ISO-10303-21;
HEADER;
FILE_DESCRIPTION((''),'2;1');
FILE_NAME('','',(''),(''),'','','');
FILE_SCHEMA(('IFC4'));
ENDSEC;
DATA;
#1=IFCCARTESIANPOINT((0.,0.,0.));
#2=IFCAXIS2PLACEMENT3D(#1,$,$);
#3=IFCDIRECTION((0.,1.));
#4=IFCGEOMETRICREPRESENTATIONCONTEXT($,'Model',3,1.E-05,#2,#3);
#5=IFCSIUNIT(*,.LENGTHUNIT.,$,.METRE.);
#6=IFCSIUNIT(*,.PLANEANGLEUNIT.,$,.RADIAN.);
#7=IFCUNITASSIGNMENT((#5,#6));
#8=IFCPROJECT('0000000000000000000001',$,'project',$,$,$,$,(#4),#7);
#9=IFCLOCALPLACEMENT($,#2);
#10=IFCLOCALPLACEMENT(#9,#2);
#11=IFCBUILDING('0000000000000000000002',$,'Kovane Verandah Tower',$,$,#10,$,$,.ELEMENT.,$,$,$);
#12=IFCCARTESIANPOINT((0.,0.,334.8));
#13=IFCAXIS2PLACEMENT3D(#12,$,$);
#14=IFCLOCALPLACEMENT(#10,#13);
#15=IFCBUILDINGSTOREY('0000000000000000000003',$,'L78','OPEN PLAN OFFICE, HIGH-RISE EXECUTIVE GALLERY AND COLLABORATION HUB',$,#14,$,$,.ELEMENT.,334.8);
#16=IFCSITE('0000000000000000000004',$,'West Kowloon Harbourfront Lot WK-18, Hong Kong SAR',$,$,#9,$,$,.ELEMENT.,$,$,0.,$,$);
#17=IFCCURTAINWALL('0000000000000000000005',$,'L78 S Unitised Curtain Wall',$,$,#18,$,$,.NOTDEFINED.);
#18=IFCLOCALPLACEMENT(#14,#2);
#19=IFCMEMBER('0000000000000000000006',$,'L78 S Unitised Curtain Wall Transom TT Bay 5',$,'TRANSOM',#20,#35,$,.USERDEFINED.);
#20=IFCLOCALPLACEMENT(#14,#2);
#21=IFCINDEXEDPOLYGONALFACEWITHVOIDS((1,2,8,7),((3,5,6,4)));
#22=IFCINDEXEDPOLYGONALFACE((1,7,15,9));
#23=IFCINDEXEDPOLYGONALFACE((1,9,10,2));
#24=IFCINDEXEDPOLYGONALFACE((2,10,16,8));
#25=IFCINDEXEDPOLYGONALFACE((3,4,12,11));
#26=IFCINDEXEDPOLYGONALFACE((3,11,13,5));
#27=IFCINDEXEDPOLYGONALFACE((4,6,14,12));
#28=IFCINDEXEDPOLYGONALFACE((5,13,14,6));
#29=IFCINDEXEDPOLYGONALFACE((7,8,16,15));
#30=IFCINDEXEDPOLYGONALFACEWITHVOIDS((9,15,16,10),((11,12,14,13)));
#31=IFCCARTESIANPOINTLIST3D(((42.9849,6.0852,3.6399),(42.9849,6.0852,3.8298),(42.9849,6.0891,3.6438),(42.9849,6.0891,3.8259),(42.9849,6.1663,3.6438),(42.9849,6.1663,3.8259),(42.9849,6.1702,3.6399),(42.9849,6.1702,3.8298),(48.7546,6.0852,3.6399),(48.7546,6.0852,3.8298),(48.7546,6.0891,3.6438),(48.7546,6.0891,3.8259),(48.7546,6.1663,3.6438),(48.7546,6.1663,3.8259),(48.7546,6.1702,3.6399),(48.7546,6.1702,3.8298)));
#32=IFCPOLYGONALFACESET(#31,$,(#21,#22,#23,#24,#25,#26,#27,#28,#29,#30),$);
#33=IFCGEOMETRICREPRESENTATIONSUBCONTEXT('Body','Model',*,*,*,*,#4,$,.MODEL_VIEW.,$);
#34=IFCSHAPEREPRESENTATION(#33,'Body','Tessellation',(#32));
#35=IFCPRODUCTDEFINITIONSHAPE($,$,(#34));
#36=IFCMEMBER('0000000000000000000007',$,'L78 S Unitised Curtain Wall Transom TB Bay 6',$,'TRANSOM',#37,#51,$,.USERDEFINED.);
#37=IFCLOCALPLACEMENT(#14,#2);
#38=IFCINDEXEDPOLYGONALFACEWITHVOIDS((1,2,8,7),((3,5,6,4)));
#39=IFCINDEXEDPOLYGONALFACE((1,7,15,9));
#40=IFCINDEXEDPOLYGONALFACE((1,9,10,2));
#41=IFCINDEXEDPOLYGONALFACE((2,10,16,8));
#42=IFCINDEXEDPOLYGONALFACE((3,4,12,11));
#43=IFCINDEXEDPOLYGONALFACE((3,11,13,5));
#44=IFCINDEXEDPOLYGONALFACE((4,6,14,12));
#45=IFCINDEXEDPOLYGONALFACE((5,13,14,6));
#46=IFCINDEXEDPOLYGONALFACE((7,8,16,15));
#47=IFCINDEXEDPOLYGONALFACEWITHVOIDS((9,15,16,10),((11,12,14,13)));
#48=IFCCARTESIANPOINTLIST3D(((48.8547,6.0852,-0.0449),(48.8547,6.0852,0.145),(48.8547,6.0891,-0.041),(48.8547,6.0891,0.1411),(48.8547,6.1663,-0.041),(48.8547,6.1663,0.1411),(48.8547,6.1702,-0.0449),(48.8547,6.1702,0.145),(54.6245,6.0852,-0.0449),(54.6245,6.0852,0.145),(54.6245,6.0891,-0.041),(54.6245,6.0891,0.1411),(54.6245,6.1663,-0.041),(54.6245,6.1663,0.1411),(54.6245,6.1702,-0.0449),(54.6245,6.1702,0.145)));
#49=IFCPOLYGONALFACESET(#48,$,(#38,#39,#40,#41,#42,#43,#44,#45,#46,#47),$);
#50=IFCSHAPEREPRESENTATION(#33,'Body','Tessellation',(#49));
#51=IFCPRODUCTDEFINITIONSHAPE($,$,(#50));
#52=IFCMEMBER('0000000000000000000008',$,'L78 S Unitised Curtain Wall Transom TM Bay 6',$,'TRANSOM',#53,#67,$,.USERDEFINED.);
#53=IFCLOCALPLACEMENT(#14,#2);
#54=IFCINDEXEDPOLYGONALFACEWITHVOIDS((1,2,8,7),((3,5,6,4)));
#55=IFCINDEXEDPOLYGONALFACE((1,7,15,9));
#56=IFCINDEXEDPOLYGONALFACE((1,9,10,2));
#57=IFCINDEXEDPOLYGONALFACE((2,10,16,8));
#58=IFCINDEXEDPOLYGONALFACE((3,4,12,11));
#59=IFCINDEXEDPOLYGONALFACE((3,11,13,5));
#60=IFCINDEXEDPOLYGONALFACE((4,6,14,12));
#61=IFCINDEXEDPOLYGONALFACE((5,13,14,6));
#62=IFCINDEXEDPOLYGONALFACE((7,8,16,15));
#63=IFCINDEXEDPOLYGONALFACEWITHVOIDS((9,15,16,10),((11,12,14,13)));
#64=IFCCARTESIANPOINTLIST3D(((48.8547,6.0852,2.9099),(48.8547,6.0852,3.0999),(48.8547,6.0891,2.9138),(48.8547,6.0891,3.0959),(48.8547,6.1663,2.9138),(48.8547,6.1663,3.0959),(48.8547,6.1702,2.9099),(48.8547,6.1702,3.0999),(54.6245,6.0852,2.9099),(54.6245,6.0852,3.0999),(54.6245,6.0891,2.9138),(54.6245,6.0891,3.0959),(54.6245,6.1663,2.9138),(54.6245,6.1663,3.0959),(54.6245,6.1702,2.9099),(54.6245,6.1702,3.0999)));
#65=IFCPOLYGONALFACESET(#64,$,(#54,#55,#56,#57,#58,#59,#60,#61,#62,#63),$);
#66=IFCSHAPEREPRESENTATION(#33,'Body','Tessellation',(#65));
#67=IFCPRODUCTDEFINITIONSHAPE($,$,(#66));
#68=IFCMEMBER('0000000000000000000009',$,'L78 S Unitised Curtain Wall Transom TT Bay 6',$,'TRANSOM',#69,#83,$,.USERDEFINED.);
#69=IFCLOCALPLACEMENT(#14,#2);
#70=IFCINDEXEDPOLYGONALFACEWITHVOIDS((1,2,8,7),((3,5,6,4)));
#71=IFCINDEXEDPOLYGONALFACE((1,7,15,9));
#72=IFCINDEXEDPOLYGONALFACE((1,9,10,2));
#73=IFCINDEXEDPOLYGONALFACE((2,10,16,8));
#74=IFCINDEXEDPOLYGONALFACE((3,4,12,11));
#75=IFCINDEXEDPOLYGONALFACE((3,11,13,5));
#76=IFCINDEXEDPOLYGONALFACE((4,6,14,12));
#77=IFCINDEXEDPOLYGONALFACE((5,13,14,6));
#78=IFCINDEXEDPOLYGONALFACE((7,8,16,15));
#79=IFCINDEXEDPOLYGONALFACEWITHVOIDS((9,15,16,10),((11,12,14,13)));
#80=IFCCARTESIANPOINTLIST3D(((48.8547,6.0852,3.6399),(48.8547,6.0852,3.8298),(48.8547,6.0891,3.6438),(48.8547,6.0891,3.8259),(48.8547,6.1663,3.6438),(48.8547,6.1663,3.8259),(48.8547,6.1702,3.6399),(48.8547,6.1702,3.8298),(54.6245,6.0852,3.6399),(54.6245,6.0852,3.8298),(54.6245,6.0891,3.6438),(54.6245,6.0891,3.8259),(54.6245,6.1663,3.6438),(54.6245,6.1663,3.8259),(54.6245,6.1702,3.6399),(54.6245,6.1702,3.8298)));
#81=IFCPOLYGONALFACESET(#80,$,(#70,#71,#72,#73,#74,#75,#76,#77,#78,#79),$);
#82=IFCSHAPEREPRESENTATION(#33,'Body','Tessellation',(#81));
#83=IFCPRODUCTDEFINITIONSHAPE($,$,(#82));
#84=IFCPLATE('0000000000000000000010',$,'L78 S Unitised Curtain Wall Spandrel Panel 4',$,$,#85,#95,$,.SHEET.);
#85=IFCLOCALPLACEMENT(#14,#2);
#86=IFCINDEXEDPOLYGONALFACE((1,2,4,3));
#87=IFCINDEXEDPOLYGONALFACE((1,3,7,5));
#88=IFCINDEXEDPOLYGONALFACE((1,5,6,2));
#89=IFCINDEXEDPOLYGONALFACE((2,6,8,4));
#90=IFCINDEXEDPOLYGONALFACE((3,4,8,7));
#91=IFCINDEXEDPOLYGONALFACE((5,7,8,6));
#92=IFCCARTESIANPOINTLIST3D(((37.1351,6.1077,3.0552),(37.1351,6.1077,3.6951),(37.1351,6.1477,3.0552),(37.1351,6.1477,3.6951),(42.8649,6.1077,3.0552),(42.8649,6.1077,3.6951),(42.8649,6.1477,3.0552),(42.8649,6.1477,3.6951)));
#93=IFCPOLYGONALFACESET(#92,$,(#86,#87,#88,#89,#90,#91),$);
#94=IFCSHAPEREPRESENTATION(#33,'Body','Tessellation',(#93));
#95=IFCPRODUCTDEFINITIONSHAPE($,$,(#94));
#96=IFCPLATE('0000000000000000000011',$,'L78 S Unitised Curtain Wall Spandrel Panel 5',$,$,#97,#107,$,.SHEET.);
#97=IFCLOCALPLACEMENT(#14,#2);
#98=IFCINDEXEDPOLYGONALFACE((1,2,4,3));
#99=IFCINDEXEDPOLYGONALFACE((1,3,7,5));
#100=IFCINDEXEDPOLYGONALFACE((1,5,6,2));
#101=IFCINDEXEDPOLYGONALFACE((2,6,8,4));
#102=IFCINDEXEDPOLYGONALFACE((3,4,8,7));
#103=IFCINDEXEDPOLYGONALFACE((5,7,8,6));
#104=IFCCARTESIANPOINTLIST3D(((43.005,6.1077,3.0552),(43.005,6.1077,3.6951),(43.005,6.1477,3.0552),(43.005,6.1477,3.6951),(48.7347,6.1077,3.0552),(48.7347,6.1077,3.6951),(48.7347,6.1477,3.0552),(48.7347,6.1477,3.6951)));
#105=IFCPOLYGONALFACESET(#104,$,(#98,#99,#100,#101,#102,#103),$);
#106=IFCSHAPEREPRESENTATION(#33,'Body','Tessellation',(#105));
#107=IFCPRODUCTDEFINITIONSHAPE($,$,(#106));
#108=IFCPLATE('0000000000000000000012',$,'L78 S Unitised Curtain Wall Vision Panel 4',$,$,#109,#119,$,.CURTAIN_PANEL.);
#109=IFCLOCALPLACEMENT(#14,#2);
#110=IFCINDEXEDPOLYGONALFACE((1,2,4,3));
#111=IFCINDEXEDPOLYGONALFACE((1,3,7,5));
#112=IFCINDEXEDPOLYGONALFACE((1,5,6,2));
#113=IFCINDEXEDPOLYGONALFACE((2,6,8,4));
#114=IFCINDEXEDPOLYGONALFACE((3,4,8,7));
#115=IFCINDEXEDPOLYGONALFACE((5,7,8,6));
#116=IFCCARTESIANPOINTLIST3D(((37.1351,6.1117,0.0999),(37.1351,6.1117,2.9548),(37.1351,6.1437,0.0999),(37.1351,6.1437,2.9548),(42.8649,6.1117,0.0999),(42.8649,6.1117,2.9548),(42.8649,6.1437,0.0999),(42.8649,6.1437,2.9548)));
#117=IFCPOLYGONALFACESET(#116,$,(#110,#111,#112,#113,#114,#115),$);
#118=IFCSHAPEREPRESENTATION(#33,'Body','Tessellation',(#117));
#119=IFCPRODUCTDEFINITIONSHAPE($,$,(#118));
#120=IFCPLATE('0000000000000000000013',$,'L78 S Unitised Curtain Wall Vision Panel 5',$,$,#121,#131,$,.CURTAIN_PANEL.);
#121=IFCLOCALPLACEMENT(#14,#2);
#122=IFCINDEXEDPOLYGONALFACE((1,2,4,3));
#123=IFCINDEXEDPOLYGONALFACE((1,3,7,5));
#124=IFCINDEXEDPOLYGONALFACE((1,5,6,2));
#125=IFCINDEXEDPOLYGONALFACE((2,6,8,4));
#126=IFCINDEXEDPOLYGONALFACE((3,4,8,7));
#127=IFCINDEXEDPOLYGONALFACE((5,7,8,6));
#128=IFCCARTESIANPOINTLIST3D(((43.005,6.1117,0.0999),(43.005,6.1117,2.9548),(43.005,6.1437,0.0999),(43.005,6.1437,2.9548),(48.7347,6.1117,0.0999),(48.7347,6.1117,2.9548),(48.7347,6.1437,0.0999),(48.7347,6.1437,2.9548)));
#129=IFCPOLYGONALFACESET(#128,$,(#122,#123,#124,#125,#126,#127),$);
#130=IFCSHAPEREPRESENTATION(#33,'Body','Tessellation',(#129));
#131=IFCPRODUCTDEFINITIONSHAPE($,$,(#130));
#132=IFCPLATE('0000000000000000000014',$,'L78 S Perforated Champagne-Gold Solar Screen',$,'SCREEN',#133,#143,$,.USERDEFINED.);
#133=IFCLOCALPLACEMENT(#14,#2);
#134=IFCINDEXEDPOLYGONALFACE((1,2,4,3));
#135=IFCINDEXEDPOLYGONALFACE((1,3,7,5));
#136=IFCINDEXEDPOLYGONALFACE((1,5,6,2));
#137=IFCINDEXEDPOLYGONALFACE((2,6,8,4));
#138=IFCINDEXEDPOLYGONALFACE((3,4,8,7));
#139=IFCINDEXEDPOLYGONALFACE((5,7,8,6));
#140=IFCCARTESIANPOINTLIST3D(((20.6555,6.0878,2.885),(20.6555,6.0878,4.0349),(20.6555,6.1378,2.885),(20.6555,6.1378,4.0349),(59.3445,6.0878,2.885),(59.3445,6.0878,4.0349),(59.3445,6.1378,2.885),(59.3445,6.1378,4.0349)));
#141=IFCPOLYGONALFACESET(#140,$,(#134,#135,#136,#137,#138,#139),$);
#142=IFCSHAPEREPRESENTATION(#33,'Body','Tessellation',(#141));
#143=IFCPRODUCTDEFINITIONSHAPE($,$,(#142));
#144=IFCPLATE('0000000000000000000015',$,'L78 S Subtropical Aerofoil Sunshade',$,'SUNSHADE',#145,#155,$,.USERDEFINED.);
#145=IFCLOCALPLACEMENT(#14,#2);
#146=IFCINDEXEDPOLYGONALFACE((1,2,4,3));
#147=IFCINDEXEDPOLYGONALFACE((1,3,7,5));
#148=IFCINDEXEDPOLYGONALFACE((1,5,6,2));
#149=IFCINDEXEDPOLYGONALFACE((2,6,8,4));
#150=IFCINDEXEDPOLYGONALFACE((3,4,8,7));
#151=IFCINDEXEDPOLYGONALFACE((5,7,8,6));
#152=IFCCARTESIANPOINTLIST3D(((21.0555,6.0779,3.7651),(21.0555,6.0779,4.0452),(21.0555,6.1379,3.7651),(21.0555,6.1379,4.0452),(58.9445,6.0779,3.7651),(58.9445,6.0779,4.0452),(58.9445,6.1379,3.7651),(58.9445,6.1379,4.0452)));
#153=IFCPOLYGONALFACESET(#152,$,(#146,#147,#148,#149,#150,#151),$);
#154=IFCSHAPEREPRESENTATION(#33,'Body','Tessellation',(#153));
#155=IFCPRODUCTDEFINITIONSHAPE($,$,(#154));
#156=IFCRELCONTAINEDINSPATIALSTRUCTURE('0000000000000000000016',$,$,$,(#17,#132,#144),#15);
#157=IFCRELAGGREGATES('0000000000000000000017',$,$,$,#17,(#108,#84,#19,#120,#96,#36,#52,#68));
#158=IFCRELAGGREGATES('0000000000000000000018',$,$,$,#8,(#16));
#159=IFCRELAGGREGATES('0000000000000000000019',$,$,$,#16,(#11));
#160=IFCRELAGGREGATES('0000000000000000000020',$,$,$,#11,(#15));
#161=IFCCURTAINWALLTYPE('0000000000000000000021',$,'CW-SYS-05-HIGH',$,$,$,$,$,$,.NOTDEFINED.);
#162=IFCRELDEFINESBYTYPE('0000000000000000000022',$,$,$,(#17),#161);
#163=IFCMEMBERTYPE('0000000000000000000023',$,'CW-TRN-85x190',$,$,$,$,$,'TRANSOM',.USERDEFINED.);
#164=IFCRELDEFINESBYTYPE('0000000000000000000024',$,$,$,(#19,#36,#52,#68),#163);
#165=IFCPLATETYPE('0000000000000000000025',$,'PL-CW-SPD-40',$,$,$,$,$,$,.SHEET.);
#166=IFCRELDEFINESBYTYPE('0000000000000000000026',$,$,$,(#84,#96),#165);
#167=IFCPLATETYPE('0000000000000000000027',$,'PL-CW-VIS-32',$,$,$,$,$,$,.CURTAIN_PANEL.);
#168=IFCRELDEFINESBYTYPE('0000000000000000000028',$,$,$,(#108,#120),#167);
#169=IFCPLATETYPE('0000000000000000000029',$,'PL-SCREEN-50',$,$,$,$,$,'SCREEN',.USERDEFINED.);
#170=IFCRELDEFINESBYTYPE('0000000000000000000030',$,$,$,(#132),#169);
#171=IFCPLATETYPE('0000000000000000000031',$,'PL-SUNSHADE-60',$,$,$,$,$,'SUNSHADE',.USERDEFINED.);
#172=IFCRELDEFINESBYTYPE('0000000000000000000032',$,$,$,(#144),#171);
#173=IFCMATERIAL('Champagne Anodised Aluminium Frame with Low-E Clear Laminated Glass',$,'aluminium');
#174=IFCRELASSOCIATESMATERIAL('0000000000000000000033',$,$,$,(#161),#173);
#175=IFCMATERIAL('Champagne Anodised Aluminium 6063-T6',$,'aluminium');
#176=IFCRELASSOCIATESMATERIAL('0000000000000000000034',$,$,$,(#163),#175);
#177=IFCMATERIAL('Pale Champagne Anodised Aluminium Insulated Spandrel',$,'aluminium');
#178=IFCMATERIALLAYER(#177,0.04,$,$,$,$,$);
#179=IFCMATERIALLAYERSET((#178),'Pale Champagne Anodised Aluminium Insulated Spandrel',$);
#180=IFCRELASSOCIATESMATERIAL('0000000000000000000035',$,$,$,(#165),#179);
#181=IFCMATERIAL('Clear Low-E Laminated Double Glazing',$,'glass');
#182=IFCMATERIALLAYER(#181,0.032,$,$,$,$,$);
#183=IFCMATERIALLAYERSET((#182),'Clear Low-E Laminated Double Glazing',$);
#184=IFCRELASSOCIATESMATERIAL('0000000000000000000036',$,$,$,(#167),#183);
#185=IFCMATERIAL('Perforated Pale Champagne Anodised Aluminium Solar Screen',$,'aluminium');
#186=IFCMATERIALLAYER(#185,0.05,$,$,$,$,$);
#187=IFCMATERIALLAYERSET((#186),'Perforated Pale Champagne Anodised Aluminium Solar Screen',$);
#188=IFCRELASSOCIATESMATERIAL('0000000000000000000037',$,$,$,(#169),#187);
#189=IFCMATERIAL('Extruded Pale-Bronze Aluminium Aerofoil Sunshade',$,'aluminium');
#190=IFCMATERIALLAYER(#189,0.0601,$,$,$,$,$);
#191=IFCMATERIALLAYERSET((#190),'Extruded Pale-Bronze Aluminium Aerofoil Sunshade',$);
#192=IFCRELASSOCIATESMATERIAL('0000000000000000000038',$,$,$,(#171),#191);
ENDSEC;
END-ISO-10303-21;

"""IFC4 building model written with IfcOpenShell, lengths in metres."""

from ifc_helpers import new_model, si_unit, direction, frame, origin, origin_2d, place, context, subcontext, project, spatial, rectangle, hollow_rectangle, extrude, material, layer, layer_set, material_profile, profile_set, type_object, element, aggregate, save


model = new_model("IFC4")

# Units and contexts
model_context = context("Model", 3, precision=1e-05, world=origin(), true_north=direction((0.0, 1.0)))
body_context = subcontext(model_context, "Body", "Model", "MODEL_VIEW")
ifc_project = project(units=[si_unit("LENGTHUNIT", "METRE"), si_unit("PLANEANGLEUNIT", "RADIAN")], contexts=[model_context])

# Site, building, storey
site_placement = place(None, origin())
site = spatial("IfcSite", under=ifc_project, at=site_placement, Name="West Kowloon Harbourfront Lot WK-18, Hong Kong SAR", CompositionType="ELEMENT", RefElevation=0.0)
building_placement = place(site_placement, origin())
building = spatial("IfcBuilding", under=site, at=building_placement, Name="Kovane Verandah Tower", CompositionType="ELEMENT")
storey_placement = place(building_placement, frame((0.0, 0.0, 334.8)))
storey = spatial("IfcBuildingStorey", under=building, at=storey_placement, Name="L78", Description="OPEN PLAN OFFICE, HIGH-RISE EXECUTIVE GALLERY AND COLLABORATION HUB", CompositionType="ELEMENT", Elevation=334.8)

# Curtain wall, members, plates
ifc_material_1 = material(Name="Champagne Anodised Aluminium Frame with Low-E Clear Laminated Glass", Category="aluminium")
curtain_wall_type = type_object("IfcCurtainWallType", Name="CW-SYS-05-HIGH", PredefinedType="NOTDEFINED", material=ifc_material_1)
curtain_wall_placement = place(storey_placement, origin())
curtain_wall = element("IfcCurtainWall", 1, at=curtain_wall_placement, inside=storey, type_object=curtain_wall_type, Name="L78 S Unitised Curtain Wall", PredefinedType="NOTDEFINED")
ifc_material_2 = material(Name="Champagne Anodised Aluminium 6063-T6", Category="aluminium")
ifc_material_profile_1 = material_profile(ifc_material_2, hollow_rectangle(XDim=0.085, YDim=0.1899, WallThickness=0.0039, at=origin_2d()), Name="AL85x190x4")
ifc_profile_set_1 = profile_set([ifc_material_profile_1], Name="Champagne Anodised Aluminium 6063-T6")
member_type_1 = type_object("IfcMemberType", Name="CW-TRN-85x190", ElementType="TRANSOM", PredefinedType="USERDEFINED", material=ifc_profile_set_1)
member_1_placement = place(storey_placement, frame((42.9849, 6.1277, 3.7349), z_axis=(1.0, 0.0, 0.0), x_axis=(0.0, 1.0, 0.0)))
member_1 = element("IfcMember", 2, at=member_1_placement, type_object=member_type_1, Name="L78 S Unitised Curtain Wall Transom TT Bay 5", ObjectType="TRANSOM", PredefinedType="USERDEFINED", context=body_context, shape_type="SweptSolid", body=[
    extrude(hollow_rectangle(XDim=0.085, YDim=0.1899, WallThickness=0.0039, at=origin_2d()), origin(), (0.0, 0.0, 1.0), 5.7698),
])
member_2_placement = place(storey_placement, frame((48.8547, 6.1277, 0.05), z_axis=(1.0, 0.0, 0.0), x_axis=(0.0, 1.0, 0.0)))
member_2 = element("IfcMember", 3, at=member_2_placement, type_object=member_type_1, Name="L78 S Unitised Curtain Wall Transom TB Bay 6", ObjectType="TRANSOM", PredefinedType="USERDEFINED", context=body_context, shape_type="SweptSolid", body=[
    extrude(hollow_rectangle(XDim=0.085, YDim=0.1899, WallThickness=0.0039, at=origin_2d()), origin(), (0.0, 0.0, 1.0), 5.7698),
])
member_3_placement = place(storey_placement, frame((48.8547, 6.1277, 3.0049), z_axis=(1.0, 0.0, 0.0), x_axis=(0.0, 1.0, 0.0)))
member_3 = element("IfcMember", 4, at=member_3_placement, type_object=member_type_1, Name="L78 S Unitised Curtain Wall Transom TM Bay 6", ObjectType="TRANSOM", PredefinedType="USERDEFINED", context=body_context, shape_type="SweptSolid", body=[
    extrude(hollow_rectangle(XDim=0.085, YDim=0.1899, WallThickness=0.0039, at=origin_2d()), origin(), (0.0, 0.0, 1.0), 5.7698),
])
member_4_placement = place(storey_placement, frame((48.8547, 6.1277, 3.7349), z_axis=(1.0, 0.0, 0.0), x_axis=(0.0, 1.0, 0.0)))
member_4 = element("IfcMember", 5, at=member_4_placement, type_object=member_type_1, Name="L78 S Unitised Curtain Wall Transom TT Bay 6", ObjectType="TRANSOM", PredefinedType="USERDEFINED", context=body_context, shape_type="SweptSolid", body=[
    extrude(hollow_rectangle(XDim=0.085, YDim=0.1899, WallThickness=0.0039, at=origin_2d()), origin(), (0.0, 0.0, 1.0), 5.7698),
])
ifc_material_3 = material(Name="Pale Champagne Anodised Aluminium Insulated Spandrel", Category="aluminium")
ifc_layer_1 = layer(ifc_material_3, 0.04)
ifc_layer_set_1 = layer_set([ifc_layer_1], Name="Pale Champagne Anodised Aluminium Insulated Spandrel")
plate_type_1 = type_object("IfcPlateType", Name="PL-CW-SPD-40", PredefinedType="SHEET", material=ifc_layer_set_1)
plate_1_placement = place(storey_placement, frame((40.0, 6.1277, 3.0552), z_axis=(0.0, 0.0, 1.0), x_axis=(1.0, 0.0, 0.0)))
plate_1 = element("IfcPlate", 6, at=plate_1_placement, type_object=plate_type_1, Name="L78 S Unitised Curtain Wall Spandrel Panel 4", PredefinedType="SHEET", context=body_context, shape_type="SweptSolid", body=[
    extrude(rectangle(XDim=5.7297, YDim=0.04, at=origin_2d()), origin(), (0.0, 0.0, 1.0), 0.6399),
])
plate_2_placement = place(storey_placement, frame((45.8699, 6.1277, 3.0552), z_axis=(0.0, 0.0, 1.0), x_axis=(1.0, 0.0, 0.0)))
plate_2 = element("IfcPlate", 7, at=plate_2_placement, type_object=plate_type_1, Name="L78 S Unitised Curtain Wall Spandrel Panel 5", PredefinedType="SHEET", context=body_context, shape_type="SweptSolid", body=[
    extrude(rectangle(XDim=5.7297, YDim=0.04, at=origin_2d()), origin(), (0.0, 0.0, 1.0), 0.6399),
])
ifc_material_4 = material(Name="Clear Low-E Laminated Double Glazing", Category="glass")
ifc_layer_2 = layer(ifc_material_4, 0.032)
ifc_layer_set_2 = layer_set([ifc_layer_2], Name="Clear Low-E Laminated Double Glazing")
plate_type_2 = type_object("IfcPlateType", Name="PL-CW-VIS-32", PredefinedType="CURTAIN_PANEL", material=ifc_layer_set_2)
plate_3_placement = place(storey_placement, frame((40.0, 6.1277, 0.0999), z_axis=(0.0, 0.0, 1.0), x_axis=(1.0, 0.0, 0.0)))
plate_3 = element("IfcPlate", 8, at=plate_3_placement, type_object=plate_type_2, Name="L78 S Unitised Curtain Wall Vision Panel 4", PredefinedType="CURTAIN_PANEL", context=body_context, shape_type="SweptSolid", body=[
    extrude(rectangle(XDim=5.7297, YDim=0.032, at=origin_2d()), origin(), (0.0, 0.0, 1.0), 2.855),
])
plate_4_placement = place(storey_placement, frame((45.8699, 6.1277, 0.0999), z_axis=(0.0, 0.0, 1.0), x_axis=(1.0, 0.0, 0.0)))
plate_4 = element("IfcPlate", 9, at=plate_4_placement, type_object=plate_type_2, Name="L78 S Unitised Curtain Wall Vision Panel 5", PredefinedType="CURTAIN_PANEL", context=body_context, shape_type="SweptSolid", body=[
    extrude(rectangle(XDim=5.7297, YDim=0.032, at=origin_2d()), origin(), (0.0, 0.0, 1.0), 2.855),
])
aggregate(curtain_wall, [plate_3, plate_1, member_1, plate_4, plate_2, member_2, member_3, member_4])

# Plates
ifc_material_5 = material(Name="Perforated Pale Champagne Anodised Aluminium Solar Screen", Category="aluminium")
ifc_layer_3 = layer(ifc_material_5, 0.05)
ifc_layer_set_3 = layer_set([ifc_layer_3], Name="Perforated Pale Champagne Anodised Aluminium Solar Screen")
plate_type_3 = type_object("IfcPlateType", Name="PL-SCREEN-50", ElementType="SCREEN", PredefinedType="USERDEFINED", material=ifc_layer_set_3)
plate_5_placement = place(storey_placement, frame((40.0, 6.1128, 2.885), z_axis=(0.0, 0.0, 1.0), x_axis=(1.0, 0.0, 0.0)))
element("IfcPlate", 10, at=plate_5_placement, inside=storey, type_object=plate_type_3, Name="L78 S Perforated Champagne-Gold Solar Screen", ObjectType="SCREEN", PredefinedType="USERDEFINED", context=body_context, shape_type="SweptSolid", body=[
    extrude(rectangle(XDim=38.689, YDim=0.05, at=origin_2d()), origin(), (0.0, 0.0, 1.0), 1.1499),
])
ifc_material_6 = material(Name="Extruded Pale-Bronze Aluminium Aerofoil Sunshade", Category="aluminium")
ifc_layer_4 = layer(ifc_material_6, 0.0601)
ifc_layer_set_4 = layer_set([ifc_layer_4], Name="Extruded Pale-Bronze Aluminium Aerofoil Sunshade")
plate_type_4 = type_object("IfcPlateType", Name="PL-SUNSHADE-60", ElementType="SUNSHADE", PredefinedType="USERDEFINED", material=ifc_layer_set_4)
plate_6_placement = place(storey_placement, frame((40.0, 6.1079, 3.7651), z_axis=(0.0, 0.0, 1.0), x_axis=(1.0, 0.0, 0.0)))
element("IfcPlate", 11, at=plate_6_placement, inside=storey, type_object=plate_type_4, Name="L78 S Subtropical Aerofoil Sunshade", ObjectType="SUNSHADE", PredefinedType="USERDEFINED", context=body_context, shape_type="SweptSolid", body=[
    extrude(rectangle(XDim=37.8889, YDim=0.0601, at=origin_2d()), origin(), (0.0, 0.0, 1.0), 0.28),
])

save(model, "model.ifc")
